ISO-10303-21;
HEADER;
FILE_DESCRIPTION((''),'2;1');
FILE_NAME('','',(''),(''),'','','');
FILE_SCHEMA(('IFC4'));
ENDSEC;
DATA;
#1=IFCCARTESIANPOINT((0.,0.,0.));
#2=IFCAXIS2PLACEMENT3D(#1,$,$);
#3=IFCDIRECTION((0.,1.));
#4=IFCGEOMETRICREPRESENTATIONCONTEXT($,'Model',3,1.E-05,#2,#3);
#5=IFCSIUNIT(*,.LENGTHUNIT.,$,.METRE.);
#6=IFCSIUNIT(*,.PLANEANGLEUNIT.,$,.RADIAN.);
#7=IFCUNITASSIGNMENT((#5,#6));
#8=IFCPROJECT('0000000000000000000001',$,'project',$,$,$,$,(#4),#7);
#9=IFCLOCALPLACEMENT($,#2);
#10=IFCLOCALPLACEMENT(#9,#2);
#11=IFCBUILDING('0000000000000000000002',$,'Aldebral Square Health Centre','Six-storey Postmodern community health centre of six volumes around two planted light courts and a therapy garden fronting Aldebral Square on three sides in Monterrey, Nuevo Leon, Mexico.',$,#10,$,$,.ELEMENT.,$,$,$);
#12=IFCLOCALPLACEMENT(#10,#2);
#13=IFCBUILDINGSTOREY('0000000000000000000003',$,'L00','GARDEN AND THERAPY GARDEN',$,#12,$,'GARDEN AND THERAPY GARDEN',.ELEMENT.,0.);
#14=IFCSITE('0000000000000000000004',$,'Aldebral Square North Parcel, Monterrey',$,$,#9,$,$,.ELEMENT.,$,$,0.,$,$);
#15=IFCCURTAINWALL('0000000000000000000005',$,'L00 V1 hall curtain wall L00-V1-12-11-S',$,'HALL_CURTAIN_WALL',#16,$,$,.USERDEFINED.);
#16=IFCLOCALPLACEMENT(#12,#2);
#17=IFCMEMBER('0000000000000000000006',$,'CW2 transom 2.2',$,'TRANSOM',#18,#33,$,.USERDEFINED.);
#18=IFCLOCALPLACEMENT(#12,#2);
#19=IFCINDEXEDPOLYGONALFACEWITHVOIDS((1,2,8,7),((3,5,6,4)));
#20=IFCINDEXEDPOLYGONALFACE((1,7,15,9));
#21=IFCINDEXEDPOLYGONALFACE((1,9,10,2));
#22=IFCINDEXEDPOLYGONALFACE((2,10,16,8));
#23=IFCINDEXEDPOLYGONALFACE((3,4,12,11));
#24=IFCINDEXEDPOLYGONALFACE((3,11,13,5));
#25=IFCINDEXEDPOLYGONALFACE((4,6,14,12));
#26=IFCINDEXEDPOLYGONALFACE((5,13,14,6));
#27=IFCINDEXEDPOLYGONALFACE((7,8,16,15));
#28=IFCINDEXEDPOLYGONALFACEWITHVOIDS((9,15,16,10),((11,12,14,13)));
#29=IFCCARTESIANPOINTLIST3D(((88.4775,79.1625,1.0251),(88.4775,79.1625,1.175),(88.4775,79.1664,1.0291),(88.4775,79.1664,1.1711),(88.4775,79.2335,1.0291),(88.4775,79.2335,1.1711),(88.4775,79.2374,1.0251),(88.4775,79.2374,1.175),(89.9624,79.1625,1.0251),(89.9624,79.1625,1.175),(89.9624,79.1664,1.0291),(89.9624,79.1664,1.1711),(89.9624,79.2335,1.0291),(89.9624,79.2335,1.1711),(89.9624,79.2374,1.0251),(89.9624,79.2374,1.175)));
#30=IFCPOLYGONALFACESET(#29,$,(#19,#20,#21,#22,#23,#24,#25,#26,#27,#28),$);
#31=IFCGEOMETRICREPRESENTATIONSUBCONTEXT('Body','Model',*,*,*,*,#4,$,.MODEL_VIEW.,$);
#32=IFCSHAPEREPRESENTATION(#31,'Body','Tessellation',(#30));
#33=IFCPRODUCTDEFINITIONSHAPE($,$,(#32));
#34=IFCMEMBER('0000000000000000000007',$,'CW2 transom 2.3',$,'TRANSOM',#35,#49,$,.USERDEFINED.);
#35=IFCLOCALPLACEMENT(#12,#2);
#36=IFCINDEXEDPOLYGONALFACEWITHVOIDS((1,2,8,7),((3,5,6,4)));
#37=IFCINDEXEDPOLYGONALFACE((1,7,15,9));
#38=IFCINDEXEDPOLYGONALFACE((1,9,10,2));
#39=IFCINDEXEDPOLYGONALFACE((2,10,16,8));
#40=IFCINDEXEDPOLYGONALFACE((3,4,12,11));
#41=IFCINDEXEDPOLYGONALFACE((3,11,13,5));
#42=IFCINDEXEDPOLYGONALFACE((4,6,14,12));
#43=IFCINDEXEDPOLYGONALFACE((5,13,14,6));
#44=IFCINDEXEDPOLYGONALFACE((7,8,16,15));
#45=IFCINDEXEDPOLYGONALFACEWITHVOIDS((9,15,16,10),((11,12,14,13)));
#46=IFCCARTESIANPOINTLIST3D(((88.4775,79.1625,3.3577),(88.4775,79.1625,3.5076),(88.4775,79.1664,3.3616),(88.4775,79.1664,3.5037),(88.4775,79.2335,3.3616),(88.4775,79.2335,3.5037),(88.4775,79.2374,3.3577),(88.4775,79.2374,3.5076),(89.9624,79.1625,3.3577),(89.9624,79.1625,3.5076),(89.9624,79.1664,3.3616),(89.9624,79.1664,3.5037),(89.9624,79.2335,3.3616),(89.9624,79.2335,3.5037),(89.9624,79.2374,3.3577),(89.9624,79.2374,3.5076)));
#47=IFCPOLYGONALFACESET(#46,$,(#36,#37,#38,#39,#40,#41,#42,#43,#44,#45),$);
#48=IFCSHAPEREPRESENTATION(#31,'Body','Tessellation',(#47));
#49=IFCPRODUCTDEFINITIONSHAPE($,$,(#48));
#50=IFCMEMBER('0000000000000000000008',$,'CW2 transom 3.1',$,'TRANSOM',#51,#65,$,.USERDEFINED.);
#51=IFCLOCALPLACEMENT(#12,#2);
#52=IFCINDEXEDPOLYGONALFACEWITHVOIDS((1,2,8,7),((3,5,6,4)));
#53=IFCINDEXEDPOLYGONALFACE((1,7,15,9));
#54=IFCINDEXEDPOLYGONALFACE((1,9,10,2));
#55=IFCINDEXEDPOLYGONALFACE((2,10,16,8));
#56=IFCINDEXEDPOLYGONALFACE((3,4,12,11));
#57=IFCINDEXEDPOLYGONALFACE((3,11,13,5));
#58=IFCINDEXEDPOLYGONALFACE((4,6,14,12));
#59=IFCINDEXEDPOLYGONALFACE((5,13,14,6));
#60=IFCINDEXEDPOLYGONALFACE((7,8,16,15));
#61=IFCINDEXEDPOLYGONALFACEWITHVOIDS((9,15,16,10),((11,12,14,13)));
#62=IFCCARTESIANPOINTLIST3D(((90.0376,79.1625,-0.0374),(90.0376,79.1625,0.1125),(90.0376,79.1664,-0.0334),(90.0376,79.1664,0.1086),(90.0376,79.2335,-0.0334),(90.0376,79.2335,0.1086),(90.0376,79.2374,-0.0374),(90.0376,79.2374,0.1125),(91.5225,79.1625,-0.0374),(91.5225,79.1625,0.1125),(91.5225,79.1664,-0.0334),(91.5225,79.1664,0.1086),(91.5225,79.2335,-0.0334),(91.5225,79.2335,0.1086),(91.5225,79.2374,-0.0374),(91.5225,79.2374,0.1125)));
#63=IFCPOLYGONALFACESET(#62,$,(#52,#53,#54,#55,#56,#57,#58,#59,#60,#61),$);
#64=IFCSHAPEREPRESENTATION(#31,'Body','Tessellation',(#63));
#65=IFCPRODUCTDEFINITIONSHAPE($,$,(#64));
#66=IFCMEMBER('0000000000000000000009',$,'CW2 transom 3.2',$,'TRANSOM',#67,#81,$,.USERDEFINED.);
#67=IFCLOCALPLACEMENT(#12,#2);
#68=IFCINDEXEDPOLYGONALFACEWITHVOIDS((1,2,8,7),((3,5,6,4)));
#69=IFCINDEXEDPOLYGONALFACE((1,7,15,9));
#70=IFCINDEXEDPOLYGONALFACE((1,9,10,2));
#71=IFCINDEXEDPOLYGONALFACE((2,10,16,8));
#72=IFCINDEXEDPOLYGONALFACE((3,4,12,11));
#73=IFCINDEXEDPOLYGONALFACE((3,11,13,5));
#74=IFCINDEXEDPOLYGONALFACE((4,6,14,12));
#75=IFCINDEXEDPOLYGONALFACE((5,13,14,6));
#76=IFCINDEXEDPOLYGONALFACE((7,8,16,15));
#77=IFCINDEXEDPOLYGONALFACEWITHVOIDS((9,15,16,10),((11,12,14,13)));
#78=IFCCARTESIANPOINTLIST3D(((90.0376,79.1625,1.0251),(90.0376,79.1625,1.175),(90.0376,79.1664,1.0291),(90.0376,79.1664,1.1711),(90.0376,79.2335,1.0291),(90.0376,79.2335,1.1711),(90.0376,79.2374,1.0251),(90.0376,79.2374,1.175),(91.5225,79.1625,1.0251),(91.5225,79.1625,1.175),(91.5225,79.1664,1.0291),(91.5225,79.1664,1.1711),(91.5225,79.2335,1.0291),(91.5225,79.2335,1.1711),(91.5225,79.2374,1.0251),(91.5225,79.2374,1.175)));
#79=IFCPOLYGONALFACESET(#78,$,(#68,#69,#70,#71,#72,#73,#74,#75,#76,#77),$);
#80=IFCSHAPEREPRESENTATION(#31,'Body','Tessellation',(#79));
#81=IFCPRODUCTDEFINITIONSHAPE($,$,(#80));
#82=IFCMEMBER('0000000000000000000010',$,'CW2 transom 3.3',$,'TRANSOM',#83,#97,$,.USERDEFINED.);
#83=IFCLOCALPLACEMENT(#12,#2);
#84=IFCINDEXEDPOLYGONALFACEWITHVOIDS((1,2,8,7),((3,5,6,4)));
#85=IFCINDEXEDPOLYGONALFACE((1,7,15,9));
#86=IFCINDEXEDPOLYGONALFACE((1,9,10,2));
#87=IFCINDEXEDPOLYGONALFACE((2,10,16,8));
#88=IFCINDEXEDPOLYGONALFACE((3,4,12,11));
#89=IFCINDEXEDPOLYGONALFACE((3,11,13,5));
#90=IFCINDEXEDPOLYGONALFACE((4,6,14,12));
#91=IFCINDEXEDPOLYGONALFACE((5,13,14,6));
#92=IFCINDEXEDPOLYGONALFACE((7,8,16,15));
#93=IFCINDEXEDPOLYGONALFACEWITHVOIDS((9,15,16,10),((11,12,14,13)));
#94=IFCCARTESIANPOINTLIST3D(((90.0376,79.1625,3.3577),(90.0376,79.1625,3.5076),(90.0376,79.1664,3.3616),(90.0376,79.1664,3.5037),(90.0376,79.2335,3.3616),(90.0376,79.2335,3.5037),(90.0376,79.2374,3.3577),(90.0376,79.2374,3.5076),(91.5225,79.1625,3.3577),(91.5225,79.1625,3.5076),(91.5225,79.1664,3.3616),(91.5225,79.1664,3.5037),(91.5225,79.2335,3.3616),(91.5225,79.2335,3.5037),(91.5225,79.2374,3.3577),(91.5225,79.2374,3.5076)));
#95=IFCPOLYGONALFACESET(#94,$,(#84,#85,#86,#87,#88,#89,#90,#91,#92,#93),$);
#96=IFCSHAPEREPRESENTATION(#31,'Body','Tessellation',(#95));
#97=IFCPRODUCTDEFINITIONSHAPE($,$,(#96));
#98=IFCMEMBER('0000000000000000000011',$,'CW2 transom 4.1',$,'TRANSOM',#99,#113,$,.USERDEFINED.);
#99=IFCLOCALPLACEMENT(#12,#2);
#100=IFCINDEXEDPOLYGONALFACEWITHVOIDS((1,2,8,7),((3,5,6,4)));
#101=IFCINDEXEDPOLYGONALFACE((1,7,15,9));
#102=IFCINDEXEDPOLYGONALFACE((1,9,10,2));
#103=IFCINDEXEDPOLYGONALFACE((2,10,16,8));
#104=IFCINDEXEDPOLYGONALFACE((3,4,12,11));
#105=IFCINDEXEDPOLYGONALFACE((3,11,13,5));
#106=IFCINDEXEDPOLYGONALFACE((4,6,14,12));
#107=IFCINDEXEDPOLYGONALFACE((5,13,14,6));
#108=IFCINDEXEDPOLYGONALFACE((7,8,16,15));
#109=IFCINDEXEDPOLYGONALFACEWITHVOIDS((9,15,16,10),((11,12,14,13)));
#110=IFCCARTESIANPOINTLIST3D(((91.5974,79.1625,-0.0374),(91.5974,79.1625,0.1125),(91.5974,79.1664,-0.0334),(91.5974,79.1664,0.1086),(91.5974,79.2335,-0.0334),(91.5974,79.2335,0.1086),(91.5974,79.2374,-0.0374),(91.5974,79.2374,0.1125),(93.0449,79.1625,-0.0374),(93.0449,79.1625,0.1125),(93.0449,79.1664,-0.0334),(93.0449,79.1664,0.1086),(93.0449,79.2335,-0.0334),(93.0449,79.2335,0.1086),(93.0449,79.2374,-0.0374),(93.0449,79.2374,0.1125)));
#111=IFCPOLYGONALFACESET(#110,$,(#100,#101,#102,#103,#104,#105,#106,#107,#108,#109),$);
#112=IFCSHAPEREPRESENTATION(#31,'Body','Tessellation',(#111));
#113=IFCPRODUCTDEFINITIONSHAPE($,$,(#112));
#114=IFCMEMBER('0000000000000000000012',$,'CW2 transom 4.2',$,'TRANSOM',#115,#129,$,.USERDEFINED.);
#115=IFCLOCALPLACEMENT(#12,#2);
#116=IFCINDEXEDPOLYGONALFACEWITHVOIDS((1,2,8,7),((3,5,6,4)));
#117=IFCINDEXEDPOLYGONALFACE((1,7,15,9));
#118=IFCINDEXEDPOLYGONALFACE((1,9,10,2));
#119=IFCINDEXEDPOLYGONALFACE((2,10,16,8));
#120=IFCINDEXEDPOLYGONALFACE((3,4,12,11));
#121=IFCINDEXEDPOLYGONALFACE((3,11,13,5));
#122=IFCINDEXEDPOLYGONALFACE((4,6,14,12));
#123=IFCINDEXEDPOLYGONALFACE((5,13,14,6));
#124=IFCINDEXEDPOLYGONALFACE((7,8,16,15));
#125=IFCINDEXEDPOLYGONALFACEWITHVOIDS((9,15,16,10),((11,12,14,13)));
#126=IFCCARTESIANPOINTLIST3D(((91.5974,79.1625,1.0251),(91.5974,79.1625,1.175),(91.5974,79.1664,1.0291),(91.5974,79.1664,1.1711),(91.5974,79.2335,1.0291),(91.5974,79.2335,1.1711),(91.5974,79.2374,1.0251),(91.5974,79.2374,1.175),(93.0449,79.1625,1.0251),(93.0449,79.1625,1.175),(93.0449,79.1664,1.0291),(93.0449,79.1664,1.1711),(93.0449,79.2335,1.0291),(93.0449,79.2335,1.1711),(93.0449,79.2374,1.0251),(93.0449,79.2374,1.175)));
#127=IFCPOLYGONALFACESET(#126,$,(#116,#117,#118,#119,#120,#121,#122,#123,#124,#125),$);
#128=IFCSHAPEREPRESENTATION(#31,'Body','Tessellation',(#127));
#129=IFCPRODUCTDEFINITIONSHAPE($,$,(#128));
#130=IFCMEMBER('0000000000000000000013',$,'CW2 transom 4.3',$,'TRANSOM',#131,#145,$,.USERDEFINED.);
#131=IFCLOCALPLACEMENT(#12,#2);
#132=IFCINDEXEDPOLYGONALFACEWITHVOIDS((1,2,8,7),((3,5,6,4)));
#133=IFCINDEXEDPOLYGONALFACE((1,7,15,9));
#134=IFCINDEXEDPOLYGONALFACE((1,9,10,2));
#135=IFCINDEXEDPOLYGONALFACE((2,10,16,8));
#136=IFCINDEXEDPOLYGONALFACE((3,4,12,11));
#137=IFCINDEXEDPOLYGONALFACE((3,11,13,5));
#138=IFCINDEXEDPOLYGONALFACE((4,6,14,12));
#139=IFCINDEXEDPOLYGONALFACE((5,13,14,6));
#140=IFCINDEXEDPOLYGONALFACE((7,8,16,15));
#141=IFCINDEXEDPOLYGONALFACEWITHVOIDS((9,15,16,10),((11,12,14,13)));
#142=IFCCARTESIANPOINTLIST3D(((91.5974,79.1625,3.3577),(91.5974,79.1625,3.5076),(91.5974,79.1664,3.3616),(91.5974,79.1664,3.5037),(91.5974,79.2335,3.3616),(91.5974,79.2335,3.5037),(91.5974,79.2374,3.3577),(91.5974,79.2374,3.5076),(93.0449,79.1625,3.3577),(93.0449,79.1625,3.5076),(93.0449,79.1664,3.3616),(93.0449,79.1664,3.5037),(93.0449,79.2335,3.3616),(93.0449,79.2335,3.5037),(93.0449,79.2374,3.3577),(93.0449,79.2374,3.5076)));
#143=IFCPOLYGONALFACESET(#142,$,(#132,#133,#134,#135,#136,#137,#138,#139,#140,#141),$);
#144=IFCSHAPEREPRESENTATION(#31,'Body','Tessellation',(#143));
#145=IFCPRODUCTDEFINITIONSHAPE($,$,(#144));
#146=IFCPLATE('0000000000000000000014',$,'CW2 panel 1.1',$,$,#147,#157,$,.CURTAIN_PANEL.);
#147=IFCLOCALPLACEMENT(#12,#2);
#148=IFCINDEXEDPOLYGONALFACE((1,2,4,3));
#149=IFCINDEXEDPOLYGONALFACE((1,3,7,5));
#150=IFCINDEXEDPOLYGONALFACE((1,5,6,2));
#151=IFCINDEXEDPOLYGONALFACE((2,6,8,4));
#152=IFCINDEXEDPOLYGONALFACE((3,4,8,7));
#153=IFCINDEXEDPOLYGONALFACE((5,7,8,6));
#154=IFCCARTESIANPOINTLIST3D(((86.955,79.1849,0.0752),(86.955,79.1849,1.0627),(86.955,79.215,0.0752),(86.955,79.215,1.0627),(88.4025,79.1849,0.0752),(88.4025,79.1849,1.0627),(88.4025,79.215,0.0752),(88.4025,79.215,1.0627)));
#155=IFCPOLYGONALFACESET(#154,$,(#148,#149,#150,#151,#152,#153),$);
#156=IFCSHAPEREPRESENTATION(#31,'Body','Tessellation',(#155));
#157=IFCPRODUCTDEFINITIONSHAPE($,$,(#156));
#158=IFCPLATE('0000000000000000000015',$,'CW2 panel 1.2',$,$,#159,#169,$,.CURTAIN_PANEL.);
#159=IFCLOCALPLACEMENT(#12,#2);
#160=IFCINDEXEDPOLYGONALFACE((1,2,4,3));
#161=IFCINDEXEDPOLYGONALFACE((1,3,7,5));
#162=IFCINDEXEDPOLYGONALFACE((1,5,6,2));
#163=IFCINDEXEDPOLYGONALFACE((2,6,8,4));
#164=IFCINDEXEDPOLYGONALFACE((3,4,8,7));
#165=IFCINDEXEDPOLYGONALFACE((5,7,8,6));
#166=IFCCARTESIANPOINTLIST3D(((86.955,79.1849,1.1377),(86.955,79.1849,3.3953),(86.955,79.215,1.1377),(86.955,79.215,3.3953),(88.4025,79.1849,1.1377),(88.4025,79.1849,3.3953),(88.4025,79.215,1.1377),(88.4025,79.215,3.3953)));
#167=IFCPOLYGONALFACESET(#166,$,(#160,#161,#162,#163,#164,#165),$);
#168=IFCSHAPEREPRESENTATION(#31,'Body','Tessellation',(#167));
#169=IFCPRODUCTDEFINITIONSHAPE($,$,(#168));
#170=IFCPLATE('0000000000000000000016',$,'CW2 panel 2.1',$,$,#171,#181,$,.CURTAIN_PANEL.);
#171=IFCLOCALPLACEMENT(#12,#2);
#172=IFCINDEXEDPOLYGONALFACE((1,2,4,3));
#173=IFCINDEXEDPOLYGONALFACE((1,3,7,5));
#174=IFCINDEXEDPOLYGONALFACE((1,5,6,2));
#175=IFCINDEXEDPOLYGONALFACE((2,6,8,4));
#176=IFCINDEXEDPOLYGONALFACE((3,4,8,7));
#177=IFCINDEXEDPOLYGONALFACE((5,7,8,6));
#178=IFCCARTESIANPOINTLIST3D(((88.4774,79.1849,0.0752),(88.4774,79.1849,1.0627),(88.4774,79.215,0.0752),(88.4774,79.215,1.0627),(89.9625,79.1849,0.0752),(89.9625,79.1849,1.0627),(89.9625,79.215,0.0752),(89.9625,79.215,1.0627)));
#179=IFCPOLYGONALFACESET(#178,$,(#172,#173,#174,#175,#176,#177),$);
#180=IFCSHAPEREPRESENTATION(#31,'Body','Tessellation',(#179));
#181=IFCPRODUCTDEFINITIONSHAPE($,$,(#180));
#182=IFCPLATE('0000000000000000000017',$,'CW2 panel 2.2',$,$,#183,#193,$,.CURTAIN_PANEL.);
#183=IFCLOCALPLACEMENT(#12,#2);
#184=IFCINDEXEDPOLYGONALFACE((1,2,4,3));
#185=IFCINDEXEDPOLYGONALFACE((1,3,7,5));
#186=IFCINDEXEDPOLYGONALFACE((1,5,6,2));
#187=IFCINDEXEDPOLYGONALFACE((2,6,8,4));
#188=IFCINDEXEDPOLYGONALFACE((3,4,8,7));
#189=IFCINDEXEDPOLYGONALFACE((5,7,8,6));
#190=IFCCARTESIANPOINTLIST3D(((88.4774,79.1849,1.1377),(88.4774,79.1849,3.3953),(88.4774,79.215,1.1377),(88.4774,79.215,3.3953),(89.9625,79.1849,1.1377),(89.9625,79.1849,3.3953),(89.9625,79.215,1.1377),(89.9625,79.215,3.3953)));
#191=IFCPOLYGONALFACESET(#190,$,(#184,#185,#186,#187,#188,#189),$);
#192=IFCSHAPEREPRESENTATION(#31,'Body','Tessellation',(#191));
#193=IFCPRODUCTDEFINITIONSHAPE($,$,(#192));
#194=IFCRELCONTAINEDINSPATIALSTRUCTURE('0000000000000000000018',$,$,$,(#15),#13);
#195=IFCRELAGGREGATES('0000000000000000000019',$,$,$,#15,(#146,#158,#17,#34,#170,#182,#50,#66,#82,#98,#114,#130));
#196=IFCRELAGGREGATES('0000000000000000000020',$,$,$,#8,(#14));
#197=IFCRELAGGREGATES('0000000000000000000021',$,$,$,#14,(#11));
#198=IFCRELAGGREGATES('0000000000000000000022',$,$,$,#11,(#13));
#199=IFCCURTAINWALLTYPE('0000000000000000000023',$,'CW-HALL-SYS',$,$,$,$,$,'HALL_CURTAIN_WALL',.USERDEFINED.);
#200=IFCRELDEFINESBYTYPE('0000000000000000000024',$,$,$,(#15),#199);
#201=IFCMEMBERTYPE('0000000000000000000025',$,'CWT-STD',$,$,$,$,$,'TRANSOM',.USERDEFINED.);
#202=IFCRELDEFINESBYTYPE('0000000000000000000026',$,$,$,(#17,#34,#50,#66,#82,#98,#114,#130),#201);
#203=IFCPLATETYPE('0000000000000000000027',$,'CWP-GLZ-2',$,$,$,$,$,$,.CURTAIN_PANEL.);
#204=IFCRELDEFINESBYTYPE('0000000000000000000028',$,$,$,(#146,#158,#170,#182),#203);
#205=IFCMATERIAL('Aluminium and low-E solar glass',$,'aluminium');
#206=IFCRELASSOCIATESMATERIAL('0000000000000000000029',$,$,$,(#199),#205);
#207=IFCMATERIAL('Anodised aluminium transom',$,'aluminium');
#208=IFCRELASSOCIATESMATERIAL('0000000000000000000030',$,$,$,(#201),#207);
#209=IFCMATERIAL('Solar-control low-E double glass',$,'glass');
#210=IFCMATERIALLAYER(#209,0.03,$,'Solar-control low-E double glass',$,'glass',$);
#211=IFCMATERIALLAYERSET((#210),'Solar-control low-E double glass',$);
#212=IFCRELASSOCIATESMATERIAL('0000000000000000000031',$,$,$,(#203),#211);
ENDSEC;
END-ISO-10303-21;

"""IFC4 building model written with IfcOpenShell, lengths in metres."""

from ifc_helpers import new_model, si_unit, direction, frame, origin, origin_2d, place, context, subcontext, project, spatial, rectangle, hollow_rectangle, extrude, material, layer, layer_set, material_profile, profile_set, type_object, element, aggregate, save


model = new_model("IFC4")

# Units and contexts
model_context = context("Model", 3, precision=1e-05, world=origin(), true_north=direction((0.0, 1.0)))
body_context = subcontext(model_context, "Body", "Model", "MODEL_VIEW")
ifc_project = project(units=[si_unit("LENGTHUNIT", "METRE"), si_unit("PLANEANGLEUNIT", "RADIAN")], contexts=[model_context])

# Site, building, storey
site_placement = place(None, origin())
site = spatial("IfcSite", under=ifc_project, at=site_placement, Name="Aldebral Square North Parcel, Monterrey", CompositionType="ELEMENT", RefElevation=0.0)
building_placement = place(site_placement, origin())
building = spatial("IfcBuilding", under=site, at=building_placement, Name="Aldebral Square Health Centre", Description="Six-storey Postmodern community health centre of six volumes around two planted light courts and a therapy garden fronting Aldebral Square on three sides in Monterrey, Nuevo Leon, Mexico.", CompositionType="ELEMENT")
storey_placement = place(building_placement, origin())
storey = spatial("IfcBuildingStorey", under=building, at=storey_placement, Name="L00", Description="GARDEN AND THERAPY GARDEN", LongName="GARDEN AND THERAPY GARDEN", CompositionType="ELEMENT", Elevation=0.0)

# Curtain wall, members, plates
ifc_material_1 = material(Name="Aluminium and low-E solar glass", Category="aluminium")
curtain_wall_type = type_object("IfcCurtainWallType", Name="CW-HALL-SYS", ElementType="HALL_CURTAIN_WALL", PredefinedType="USERDEFINED", material=ifc_material_1)
curtain_wall_placement = place(storey_placement, origin())
curtain_wall = element("IfcCurtainWall", 1, at=curtain_wall_placement, inside=storey, type_object=curtain_wall_type, Name="L00 V1 hall curtain wall L00-V1-12-11-S", ObjectType="HALL_CURTAIN_WALL", PredefinedType="USERDEFINED")
ifc_material_2 = material(Name="Anodised aluminium transom", Category="aluminium")
ifc_material_profile_1 = material_profile(ifc_material_2, hollow_rectangle(XDim=0.075, YDim=0.1499, WallThickness=0.0039, at=origin_2d()), Name="CWT 75x150x4")
ifc_profile_set_1 = profile_set([ifc_material_profile_1], Name="Anodised aluminium transom")
member_type_1 = type_object("IfcMemberType", Name="CWT-STD", ElementType="TRANSOM", PredefinedType="USERDEFINED", material=ifc_profile_set_1)
member_1_placement = place(storey_placement, frame((88.4775, 79.2, 1.1001), z_axis=(1.0, 0.0, 0.0), x_axis=(0.0, 1.0, 0.0)))
member_1 = element("IfcMember", 2, at=member_1_placement, type_object=member_type_1, Name="CW2 transom 2.2", ObjectType="TRANSOM", PredefinedType="USERDEFINED", context=body_context, shape_type="SweptSolid", body=[
    extrude(hollow_rectangle(XDim=0.075, YDim=0.1499, WallThickness=0.0039, at=origin_2d()), origin(), (0.0, 0.0, 1.0), 1.4849),
])
member_2_placement = place(storey_placement, frame((88.4775, 79.2, 3.4326), z_axis=(1.0, 0.0, 0.0), x_axis=(0.0, 1.0, 0.0)))
member_2 = element("IfcMember", 3, at=member_2_placement, type_object=member_type_1, Name="CW2 transom 2.3", ObjectType="TRANSOM", PredefinedType="USERDEFINED", context=body_context, shape_type="SweptSolid", body=[
    extrude(hollow_rectangle(XDim=0.075, YDim=0.1499, WallThickness=0.0039, at=origin_2d()), origin(), (0.0, 0.0, 1.0), 1.4849),
])
member_3_placement = place(storey_placement, frame((90.0376, 79.2, 0.0376), z_axis=(1.0, 0.0, 0.0), x_axis=(0.0, 1.0, 0.0)))
member_3 = element("IfcMember", 4, at=member_3_placement, type_object=member_type_1, Name="CW2 transom 3.1", ObjectType="TRANSOM", PredefinedType="USERDEFINED", context=body_context, shape_type="SweptSolid", body=[
    extrude(hollow_rectangle(XDim=0.075, YDim=0.1499, WallThickness=0.0039, at=origin_2d()), origin(), (0.0, 0.0, 1.0), 1.4849),
])
member_4_placement = place(storey_placement, frame((90.0376, 79.2, 1.1001), z_axis=(1.0, 0.0, 0.0), x_axis=(0.0, 1.0, 0.0)))
member_4 = element("IfcMember", 5, at=member_4_placement, type_object=member_type_1, Name="CW2 transom 3.2", ObjectType="TRANSOM", PredefinedType="USERDEFINED", context=body_context, shape_type="SweptSolid", body=[
    extrude(hollow_rectangle(XDim=0.075, YDim=0.1499, WallThickness=0.0039, at=origin_2d()), origin(), (0.0, 0.0, 1.0), 1.4849),
])
member_5_placement = place(storey_placement, frame((90.0376, 79.2, 3.4326), z_axis=(1.0, 0.0, 0.0), x_axis=(0.0, 1.0, 0.0)))
member_5 = element("IfcMember", 6, at=member_5_placement, type_object=member_type_1, Name="CW2 transom 3.3", ObjectType="TRANSOM", PredefinedType="USERDEFINED", context=body_context, shape_type="SweptSolid", body=[
    extrude(hollow_rectangle(XDim=0.075, YDim=0.1499, WallThickness=0.0039, at=origin_2d()), origin(), (0.0, 0.0, 1.0), 1.4849),
])
member_6_placement = place(storey_placement, frame((91.5974, 79.2, 0.0376), z_axis=(1.0, 0.0, 0.0), x_axis=(0.0, 1.0, 0.0)))
member_6 = element("IfcMember", 7, at=member_6_placement, type_object=member_type_1, Name="CW2 transom 4.1", ObjectType="TRANSOM", PredefinedType="USERDEFINED", context=body_context, shape_type="SweptSolid", body=[
    extrude(hollow_rectangle(XDim=0.075, YDim=0.1499, WallThickness=0.0039, at=origin_2d()), origin(), (0.0, 0.0, 1.0), 1.4475),
])
member_7_placement = place(storey_placement, frame((91.5974, 79.2, 1.1001), z_axis=(1.0, 0.0, 0.0), x_axis=(0.0, 1.0, 0.0)))
member_7 = element("IfcMember", 8, at=member_7_placement, type_object=member_type_1, Name="CW2 transom 4.2", ObjectType="TRANSOM", PredefinedType="USERDEFINED", context=body_context, shape_type="SweptSolid", body=[
    extrude(hollow_rectangle(XDim=0.075, YDim=0.1499, WallThickness=0.0039, at=origin_2d()), origin(), (0.0, 0.0, 1.0), 1.4475),
])
member_8_placement = place(storey_placement, frame((91.5974, 79.2, 3.4326), z_axis=(1.0, 0.0, 0.0), x_axis=(0.0, 1.0, 0.0)))
member_8 = element("IfcMember", 9, at=member_8_placement, type_object=member_type_1, Name="CW2 transom 4.3", ObjectType="TRANSOM", PredefinedType="USERDEFINED", context=body_context, shape_type="SweptSolid", body=[
    extrude(hollow_rectangle(XDim=0.075, YDim=0.1499, WallThickness=0.0039, at=origin_2d()), origin(), (0.0, 0.0, 1.0), 1.4475),
])
ifc_material_3 = material(Name="Solar-control low-E double glass", Category="glass")
ifc_layer_1 = layer(ifc_material_3, 0.03, Name="Solar-control low-E double glass", Category="glass")
ifc_layer_set_1 = layer_set([ifc_layer_1], Name="Solar-control low-E double glass")
plate_type = type_object("IfcPlateType", Name="CWP-GLZ-2", PredefinedType="CURTAIN_PANEL", material=ifc_layer_set_1)
plate_1_placement = place(storey_placement, frame((87.6787, 79.2, 0.0752), z_axis=(0.0, 0.0, 1.0), x_axis=(1.0, 0.0, 0.0)))
plate_1 = element("IfcPlate", 10, at=plate_1_placement, type_object=plate_type, Name="CW2 panel 1.1", PredefinedType="CURTAIN_PANEL", context=body_context, shape_type="SweptSolid", body=[
    extrude(rectangle(XDim=1.4475, YDim=0.03, at=origin_2d()), origin(), (0.0, 0.0, 1.0), 0.9875),
])
plate_2_placement = place(storey_placement, frame((87.6787, 79.2, 1.1377), z_axis=(0.0, 0.0, 1.0), x_axis=(1.0, 0.0, 0.0)))
plate_2 = element("IfcPlate", 11, at=plate_2_placement, type_object=plate_type, Name="CW2 panel 1.2", PredefinedType="CURTAIN_PANEL", context=body_context, shape_type="SweptSolid", body=[
    extrude(rectangle(XDim=1.4475, YDim=0.03, at=origin_2d()), origin(), (0.0, 0.0, 1.0), 2.2576),
])
plate_3_placement = place(storey_placement, frame((89.22, 79.2, 0.0752), z_axis=(0.0, 0.0, 1.0), x_axis=(1.0, 0.0, 0.0)))
plate_3 = element("IfcPlate", 12, at=plate_3_placement, type_object=plate_type, Name="CW2 panel 2.1", PredefinedType="CURTAIN_PANEL", context=body_context, shape_type="SweptSolid", body=[
    extrude(rectangle(XDim=1.4851, YDim=0.03, at=origin_2d()), origin(), (0.0, 0.0, 1.0), 0.9875),
])
plate_4_placement = place(storey_placement, frame((89.22, 79.2, 1.1377), z_axis=(0.0, 0.0, 1.0), x_axis=(1.0, 0.0, 0.0)))
plate_4 = element("IfcPlate", 13, at=plate_4_placement, type_object=plate_type, Name="CW2 panel 2.2", PredefinedType="CURTAIN_PANEL", context=body_context, shape_type="SweptSolid", body=[
    extrude(rectangle(XDim=1.4851, YDim=0.03, at=origin_2d()), origin(), (0.0, 0.0, 1.0), 2.2576),
])
aggregate(curtain_wall, [plate_1, plate_2, member_1, member_2, plate_3, plate_4, member_3, member_4, member_5, member_6, member_7, member_8])

save(model, "model.ifc")
